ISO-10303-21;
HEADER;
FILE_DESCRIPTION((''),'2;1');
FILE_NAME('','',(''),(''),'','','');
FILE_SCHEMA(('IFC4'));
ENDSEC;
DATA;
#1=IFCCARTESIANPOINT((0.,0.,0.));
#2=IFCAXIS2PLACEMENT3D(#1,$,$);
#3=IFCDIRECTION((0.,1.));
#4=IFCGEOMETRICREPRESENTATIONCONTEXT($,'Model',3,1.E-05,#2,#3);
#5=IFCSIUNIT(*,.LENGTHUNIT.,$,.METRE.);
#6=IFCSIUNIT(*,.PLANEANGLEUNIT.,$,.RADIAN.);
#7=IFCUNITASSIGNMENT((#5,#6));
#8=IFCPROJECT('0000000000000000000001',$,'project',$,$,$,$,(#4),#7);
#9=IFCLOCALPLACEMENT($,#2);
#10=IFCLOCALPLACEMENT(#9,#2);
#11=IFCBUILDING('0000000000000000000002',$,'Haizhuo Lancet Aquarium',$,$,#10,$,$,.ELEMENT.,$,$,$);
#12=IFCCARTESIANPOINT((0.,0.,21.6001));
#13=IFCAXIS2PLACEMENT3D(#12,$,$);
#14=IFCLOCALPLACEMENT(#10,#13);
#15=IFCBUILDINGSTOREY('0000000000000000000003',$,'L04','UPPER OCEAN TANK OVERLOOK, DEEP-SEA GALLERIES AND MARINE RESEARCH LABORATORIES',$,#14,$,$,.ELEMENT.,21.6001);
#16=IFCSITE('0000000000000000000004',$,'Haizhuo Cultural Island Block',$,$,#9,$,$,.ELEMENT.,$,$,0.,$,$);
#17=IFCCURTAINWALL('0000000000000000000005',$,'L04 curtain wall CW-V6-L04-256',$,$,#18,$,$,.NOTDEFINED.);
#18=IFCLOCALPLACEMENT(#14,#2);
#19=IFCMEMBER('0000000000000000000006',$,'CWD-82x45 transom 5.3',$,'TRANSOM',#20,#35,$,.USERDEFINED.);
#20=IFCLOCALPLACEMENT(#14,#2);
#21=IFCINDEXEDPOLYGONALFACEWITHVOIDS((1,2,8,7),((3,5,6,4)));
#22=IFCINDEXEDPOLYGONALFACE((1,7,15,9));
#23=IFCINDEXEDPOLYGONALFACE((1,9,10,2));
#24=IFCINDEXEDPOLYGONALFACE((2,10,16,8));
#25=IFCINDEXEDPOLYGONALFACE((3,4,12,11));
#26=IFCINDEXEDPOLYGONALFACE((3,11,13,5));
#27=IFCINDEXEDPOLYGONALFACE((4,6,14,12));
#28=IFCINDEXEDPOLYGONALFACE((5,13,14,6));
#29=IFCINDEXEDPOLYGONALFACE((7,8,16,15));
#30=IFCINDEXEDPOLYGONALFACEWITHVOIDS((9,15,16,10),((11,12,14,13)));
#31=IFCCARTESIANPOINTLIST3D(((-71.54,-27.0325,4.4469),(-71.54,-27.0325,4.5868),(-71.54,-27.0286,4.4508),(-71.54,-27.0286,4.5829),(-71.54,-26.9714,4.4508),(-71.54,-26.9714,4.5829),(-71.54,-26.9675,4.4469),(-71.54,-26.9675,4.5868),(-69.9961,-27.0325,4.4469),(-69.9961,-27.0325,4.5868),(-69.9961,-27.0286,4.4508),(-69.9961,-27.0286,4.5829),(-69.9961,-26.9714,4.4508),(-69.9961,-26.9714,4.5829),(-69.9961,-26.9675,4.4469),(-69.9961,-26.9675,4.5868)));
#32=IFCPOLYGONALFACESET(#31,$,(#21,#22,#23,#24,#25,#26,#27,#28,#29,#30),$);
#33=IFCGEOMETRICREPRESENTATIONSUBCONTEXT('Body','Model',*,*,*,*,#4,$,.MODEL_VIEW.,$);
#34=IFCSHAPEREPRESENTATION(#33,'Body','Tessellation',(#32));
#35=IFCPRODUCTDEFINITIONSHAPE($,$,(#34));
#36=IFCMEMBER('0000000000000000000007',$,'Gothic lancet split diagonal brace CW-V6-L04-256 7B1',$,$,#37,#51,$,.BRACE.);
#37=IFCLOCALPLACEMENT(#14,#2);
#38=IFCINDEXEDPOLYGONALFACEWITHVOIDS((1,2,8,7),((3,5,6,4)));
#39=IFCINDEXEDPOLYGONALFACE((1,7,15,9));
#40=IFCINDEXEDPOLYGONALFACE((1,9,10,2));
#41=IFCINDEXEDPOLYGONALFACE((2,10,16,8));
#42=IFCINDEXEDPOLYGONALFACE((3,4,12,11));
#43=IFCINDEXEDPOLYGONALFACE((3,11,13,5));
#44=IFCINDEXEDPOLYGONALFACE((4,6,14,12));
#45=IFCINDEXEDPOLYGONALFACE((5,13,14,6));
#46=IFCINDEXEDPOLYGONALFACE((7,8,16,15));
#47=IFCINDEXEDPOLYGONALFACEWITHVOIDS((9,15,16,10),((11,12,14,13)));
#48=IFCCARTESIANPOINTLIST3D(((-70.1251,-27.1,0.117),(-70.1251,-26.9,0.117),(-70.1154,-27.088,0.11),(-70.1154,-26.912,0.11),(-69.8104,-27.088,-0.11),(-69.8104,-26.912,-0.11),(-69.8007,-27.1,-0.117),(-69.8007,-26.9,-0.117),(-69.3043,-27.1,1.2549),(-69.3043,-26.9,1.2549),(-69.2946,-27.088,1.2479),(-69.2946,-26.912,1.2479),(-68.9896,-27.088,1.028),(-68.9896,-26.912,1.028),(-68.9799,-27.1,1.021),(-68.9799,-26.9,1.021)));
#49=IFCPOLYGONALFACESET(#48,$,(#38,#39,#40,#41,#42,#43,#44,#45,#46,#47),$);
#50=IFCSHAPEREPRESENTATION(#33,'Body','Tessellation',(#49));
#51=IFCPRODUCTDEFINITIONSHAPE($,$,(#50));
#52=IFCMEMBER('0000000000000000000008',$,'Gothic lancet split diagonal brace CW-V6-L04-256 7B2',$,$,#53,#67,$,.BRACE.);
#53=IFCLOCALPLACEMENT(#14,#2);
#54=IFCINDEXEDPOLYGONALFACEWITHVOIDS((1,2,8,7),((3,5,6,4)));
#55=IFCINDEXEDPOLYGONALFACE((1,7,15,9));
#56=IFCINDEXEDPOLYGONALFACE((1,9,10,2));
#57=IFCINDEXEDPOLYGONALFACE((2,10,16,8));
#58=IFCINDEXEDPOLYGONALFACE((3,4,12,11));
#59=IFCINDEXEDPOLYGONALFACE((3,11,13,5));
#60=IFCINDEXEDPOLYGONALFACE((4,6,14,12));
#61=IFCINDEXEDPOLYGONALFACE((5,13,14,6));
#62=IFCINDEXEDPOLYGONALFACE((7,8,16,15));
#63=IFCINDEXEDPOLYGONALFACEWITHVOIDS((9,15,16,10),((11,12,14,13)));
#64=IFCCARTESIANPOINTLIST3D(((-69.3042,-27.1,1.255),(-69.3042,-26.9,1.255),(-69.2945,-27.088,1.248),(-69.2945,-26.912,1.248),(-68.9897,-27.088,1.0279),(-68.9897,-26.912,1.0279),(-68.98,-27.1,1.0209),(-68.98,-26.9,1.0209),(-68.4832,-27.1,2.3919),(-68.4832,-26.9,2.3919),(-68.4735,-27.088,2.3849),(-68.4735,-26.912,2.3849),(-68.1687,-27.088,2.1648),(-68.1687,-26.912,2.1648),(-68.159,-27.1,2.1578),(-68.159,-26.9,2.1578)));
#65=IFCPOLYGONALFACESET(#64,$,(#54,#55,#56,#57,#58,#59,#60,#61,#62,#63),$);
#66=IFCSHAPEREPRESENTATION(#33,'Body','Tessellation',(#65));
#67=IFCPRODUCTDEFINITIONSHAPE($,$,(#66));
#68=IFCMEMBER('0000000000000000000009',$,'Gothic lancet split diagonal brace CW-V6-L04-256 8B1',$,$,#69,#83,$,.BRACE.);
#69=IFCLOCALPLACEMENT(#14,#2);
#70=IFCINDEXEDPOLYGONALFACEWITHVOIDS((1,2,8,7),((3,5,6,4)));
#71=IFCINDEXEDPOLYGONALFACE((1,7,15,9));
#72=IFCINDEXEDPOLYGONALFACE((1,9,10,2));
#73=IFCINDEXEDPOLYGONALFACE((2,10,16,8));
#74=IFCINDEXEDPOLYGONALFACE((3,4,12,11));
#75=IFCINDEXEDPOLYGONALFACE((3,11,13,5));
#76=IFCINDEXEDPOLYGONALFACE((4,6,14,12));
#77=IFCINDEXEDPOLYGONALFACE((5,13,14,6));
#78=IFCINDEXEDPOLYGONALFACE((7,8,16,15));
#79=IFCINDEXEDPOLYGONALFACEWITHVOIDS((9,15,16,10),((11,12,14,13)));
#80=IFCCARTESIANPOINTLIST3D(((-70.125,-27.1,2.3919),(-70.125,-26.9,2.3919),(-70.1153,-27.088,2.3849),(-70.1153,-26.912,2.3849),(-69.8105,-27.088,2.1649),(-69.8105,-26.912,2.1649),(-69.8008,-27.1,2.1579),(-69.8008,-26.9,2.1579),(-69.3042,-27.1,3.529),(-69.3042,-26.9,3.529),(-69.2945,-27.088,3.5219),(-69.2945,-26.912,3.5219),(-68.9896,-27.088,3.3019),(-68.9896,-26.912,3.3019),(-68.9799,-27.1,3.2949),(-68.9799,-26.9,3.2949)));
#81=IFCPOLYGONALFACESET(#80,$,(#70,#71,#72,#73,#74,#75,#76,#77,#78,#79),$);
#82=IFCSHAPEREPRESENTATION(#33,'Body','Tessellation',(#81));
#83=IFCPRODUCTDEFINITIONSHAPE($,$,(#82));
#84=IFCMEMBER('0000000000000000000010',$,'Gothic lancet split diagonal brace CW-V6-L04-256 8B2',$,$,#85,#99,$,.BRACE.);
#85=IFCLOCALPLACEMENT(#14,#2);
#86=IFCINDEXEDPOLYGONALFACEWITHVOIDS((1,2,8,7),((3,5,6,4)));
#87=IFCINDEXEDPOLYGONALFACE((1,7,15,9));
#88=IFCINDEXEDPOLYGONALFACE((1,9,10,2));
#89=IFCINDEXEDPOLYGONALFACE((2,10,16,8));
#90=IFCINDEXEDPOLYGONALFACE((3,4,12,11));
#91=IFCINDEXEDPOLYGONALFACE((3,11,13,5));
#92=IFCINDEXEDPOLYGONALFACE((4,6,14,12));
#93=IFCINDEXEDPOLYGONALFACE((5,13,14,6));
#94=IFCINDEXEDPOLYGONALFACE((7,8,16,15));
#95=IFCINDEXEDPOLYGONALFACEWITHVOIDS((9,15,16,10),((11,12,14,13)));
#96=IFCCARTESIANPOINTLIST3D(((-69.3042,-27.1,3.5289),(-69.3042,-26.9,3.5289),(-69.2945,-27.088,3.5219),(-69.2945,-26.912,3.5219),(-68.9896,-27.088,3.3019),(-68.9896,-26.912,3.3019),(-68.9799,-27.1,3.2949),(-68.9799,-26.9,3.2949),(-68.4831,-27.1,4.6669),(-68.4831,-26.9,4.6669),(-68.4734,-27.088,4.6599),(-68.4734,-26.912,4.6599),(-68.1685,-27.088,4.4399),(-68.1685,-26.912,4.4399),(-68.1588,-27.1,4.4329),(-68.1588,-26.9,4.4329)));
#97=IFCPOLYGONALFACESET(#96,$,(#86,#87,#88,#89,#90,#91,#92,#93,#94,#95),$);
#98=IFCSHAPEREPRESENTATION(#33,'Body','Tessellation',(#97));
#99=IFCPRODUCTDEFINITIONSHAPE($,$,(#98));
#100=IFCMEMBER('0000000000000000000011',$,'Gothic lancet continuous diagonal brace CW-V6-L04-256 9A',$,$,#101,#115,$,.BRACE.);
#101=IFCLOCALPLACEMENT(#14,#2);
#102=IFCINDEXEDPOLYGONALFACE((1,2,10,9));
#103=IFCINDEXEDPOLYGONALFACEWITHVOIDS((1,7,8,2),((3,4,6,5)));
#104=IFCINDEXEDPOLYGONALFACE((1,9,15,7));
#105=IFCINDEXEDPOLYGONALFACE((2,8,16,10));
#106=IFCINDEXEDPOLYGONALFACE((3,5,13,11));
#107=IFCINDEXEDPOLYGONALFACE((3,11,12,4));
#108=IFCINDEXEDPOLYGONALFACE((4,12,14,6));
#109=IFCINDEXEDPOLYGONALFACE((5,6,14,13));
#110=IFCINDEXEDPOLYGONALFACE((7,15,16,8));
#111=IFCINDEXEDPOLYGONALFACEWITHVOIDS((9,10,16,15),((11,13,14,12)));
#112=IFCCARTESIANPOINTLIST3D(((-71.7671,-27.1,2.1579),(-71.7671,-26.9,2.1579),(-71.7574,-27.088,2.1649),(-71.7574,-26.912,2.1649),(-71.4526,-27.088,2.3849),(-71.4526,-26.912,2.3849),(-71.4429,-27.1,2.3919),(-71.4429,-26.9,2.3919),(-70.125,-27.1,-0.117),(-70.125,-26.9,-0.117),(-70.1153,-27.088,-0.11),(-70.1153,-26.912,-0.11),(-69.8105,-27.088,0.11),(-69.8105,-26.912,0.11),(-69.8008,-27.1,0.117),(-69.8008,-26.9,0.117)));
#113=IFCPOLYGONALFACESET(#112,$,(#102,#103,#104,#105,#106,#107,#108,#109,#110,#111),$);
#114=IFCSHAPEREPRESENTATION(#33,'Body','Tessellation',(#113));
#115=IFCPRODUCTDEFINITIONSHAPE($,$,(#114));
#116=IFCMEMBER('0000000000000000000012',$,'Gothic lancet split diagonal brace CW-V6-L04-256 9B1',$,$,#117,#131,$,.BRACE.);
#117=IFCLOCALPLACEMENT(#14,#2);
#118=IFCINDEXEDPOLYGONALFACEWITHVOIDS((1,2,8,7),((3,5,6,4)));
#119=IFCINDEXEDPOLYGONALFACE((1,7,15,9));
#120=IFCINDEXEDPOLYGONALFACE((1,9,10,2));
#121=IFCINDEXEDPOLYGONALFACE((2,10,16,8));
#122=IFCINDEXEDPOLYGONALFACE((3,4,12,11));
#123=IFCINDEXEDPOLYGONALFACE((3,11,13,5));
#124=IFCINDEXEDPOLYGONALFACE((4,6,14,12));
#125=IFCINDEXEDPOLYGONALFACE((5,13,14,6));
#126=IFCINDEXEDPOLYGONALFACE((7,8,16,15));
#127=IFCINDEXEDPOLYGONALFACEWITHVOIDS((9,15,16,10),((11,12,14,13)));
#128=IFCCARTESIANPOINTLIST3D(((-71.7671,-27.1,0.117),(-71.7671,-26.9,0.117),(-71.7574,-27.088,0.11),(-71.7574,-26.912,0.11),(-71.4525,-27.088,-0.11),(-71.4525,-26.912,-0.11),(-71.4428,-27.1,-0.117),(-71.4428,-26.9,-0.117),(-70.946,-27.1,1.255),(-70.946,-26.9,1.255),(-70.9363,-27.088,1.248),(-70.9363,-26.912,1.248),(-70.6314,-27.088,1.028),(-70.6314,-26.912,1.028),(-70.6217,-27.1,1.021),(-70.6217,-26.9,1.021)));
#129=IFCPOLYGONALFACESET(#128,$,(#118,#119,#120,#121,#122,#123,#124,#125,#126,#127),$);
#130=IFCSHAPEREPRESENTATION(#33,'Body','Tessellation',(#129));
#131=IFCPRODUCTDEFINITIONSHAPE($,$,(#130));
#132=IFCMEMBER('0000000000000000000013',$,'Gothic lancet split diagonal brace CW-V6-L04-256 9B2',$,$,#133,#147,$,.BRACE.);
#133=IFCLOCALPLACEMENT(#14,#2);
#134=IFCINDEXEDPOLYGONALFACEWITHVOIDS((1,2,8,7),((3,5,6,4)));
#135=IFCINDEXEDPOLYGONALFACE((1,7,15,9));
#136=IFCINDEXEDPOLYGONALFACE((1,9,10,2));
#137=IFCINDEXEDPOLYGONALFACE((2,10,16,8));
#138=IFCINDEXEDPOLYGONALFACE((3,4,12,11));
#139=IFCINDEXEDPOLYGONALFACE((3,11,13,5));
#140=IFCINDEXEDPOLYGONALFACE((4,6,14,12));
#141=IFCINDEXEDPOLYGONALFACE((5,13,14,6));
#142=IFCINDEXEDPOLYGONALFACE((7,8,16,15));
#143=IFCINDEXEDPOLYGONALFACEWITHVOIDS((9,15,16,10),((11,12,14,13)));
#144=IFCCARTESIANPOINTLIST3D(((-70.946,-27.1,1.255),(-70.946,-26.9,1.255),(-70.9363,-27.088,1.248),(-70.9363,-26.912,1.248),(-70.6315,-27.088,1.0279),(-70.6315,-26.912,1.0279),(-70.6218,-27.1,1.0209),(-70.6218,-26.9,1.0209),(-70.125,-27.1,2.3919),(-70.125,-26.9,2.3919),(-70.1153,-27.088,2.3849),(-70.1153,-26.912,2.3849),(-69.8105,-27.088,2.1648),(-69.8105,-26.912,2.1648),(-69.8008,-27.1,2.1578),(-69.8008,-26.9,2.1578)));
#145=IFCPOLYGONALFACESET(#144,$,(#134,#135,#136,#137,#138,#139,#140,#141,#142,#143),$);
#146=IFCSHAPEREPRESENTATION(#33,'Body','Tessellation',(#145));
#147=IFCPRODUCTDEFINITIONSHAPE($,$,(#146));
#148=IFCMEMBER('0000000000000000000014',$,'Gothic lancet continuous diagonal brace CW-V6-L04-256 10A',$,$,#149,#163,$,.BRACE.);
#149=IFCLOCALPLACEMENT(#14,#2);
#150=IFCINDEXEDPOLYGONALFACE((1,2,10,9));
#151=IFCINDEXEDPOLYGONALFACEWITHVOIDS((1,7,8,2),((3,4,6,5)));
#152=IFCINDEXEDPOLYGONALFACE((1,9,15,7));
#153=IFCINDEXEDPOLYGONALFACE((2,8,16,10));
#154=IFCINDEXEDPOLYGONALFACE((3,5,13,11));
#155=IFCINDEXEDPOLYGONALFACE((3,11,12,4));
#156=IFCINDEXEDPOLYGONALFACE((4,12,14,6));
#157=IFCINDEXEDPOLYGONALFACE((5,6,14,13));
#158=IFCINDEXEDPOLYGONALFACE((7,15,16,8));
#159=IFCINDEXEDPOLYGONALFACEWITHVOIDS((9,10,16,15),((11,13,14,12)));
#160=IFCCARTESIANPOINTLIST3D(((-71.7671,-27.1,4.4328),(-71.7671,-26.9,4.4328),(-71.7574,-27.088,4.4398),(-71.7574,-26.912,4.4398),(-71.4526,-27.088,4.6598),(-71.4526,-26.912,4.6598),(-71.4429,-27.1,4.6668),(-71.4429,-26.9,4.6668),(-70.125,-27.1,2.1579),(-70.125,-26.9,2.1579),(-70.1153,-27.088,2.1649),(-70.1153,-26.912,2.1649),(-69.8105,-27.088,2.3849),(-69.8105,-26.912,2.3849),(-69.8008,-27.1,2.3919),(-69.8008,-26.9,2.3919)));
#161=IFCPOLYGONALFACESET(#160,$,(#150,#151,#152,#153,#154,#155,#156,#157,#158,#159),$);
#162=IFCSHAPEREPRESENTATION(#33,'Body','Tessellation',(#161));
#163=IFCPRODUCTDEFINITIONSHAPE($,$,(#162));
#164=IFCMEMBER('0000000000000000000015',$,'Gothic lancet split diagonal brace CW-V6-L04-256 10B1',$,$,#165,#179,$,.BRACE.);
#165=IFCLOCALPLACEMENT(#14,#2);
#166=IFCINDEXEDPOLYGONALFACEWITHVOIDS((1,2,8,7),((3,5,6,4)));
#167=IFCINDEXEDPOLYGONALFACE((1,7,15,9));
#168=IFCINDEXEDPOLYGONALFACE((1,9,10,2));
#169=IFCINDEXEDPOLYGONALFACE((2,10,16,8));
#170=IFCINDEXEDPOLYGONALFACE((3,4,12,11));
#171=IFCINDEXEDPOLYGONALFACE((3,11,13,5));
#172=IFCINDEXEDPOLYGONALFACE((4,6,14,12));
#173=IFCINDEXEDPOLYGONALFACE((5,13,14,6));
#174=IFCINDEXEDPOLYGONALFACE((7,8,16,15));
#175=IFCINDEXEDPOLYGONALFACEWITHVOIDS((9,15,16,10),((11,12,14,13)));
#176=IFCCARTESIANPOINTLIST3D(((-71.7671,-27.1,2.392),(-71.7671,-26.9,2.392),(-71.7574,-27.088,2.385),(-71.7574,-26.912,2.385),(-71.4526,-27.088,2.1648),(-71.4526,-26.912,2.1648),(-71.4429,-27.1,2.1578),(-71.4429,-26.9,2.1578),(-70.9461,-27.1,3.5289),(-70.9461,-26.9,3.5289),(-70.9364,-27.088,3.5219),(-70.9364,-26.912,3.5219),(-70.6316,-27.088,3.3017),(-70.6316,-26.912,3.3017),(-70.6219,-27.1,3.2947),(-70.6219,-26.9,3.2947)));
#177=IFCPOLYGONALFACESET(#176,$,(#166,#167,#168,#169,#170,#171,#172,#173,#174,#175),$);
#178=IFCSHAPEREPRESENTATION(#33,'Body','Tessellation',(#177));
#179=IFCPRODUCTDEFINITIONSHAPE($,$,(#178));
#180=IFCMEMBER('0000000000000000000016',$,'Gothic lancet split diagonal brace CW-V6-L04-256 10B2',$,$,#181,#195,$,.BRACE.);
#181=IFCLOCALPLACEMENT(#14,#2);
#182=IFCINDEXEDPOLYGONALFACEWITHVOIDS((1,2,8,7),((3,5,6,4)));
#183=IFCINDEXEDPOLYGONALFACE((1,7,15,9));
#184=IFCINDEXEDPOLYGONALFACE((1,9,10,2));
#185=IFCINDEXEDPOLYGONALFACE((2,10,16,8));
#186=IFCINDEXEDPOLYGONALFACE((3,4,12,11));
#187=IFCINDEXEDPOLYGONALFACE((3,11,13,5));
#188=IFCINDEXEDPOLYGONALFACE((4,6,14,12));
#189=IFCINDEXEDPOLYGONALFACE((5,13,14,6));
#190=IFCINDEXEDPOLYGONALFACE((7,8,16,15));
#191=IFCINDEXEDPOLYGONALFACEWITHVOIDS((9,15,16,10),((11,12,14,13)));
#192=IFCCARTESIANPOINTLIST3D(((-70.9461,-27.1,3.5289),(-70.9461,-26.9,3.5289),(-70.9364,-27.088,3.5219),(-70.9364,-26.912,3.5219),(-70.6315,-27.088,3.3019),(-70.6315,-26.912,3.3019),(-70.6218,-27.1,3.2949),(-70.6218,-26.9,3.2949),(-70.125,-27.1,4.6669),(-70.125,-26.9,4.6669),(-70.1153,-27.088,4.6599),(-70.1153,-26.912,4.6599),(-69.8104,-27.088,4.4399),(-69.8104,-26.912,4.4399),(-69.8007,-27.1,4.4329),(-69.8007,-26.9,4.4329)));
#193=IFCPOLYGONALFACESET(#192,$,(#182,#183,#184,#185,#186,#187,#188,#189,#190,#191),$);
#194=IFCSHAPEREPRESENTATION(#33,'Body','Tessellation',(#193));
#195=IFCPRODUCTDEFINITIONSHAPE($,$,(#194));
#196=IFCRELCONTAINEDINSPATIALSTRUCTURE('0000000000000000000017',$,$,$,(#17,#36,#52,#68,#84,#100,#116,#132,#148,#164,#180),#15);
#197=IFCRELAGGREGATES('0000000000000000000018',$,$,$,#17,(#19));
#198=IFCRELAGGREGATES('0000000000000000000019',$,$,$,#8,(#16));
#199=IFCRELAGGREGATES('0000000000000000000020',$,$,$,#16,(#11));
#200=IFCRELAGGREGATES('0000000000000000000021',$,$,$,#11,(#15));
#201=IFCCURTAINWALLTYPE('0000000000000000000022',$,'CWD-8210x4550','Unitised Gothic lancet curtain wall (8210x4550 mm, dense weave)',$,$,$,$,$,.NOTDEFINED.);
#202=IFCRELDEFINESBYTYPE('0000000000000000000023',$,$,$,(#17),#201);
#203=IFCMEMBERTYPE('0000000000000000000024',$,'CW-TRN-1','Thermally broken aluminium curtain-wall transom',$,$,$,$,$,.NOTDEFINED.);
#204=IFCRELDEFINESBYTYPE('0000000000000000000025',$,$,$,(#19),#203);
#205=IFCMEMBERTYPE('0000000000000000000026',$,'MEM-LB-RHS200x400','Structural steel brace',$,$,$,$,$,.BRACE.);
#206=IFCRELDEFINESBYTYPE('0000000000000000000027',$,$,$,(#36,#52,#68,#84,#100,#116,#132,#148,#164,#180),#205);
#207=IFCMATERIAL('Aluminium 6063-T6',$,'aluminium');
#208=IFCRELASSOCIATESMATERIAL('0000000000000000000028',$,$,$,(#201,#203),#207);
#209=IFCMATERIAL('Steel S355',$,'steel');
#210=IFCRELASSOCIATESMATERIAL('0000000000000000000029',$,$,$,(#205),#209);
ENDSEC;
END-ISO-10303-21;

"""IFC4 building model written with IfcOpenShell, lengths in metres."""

from ifc_helpers import new_model, si_unit, direction, frame, origin, origin_2d, place, context, subcontext, project, spatial, hollow_rectangle, extrude, material, material_profile, profile_set, type_object, element, aggregate, save


model = new_model("IFC4")

# Units and contexts
model_context = context("Model", 3, precision=1e-05, world=origin(), true_north=direction((0.0, 1.0)))
body_context = subcontext(model_context, "Body", "Model", "MODEL_VIEW")
ifc_project = project(units=[si_unit("LENGTHUNIT", "METRE"), si_unit("PLANEANGLEUNIT", "RADIAN")], contexts=[model_context])

# Site, building, storey
site_placement = place(None, origin())
site = spatial("IfcSite", under=ifc_project, at=site_placement, Name="Haizhuo Cultural Island Block", CompositionType="ELEMENT", RefElevation=0.0)
building_placement = place(site_placement, origin())
building = spatial("IfcBuilding", under=site, at=building_placement, Name="Haizhuo Lancet Aquarium", CompositionType="ELEMENT")
storey_placement = place(building_placement, frame((0.0, 0.0, 21.6001)))
storey = spatial("IfcBuildingStorey", under=building, at=storey_placement, Name="L04", Description="UPPER OCEAN TANK OVERLOOK, DEEP-SEA GALLERIES AND MARINE RESEARCH LABORATORIES", CompositionType="ELEMENT", Elevation=21.6001)

# Shared definitions
ifc_material_1 = material(Name="Steel S355", Category="steel")

# Curtain wall, member
ifc_material_2 = material(Name="Aluminium 6063-T6", Category="aluminium")
curtain_wall_type = type_object("IfcCurtainWallType", Name="CWD-8210x4550", Description="Unitised Gothic lancet curtain wall (8210x4550 mm, dense weave)", PredefinedType="NOTDEFINED", material=ifc_material_2)
curtain_wall_placement = place(storey_placement, origin())
curtain_wall = element("IfcCurtainWall", 1, at=curtain_wall_placement, inside=storey, type_object=curtain_wall_type, Name="L04 curtain wall CW-V6-L04-256", PredefinedType="NOTDEFINED")
ifc_material_profile_1 = material_profile(ifc_material_2, hollow_rectangle(XDim=0.0649, YDim=0.1399, WallThickness=0.0039, at=origin_2d()), Name="ALU-T 65x140x4")
ifc_profile_set_1 = profile_set([ifc_material_profile_1], Name="Aluminium 6063-T6")
member_type_1 = type_object("IfcMemberType", Name="CW-TRN-1", Description="Thermally broken aluminium curtain-wall transom", PredefinedType="NOTDEFINED", material=ifc_profile_set_1)
member_1_placement = place(storey_placement, frame((-69.9961, -27.0, 4.5168), z_axis=(-1.0, 0.0, 0.0), x_axis=(0.0, -1.0, 0.0)))
member_1 = element("IfcMember", 2, at=member_1_placement, type_object=member_type_1, Name="CWD-82x45 transom 5.3", ObjectType="TRANSOM", PredefinedType="USERDEFINED", context=body_context, shape_type="SweptSolid", body=[
    extrude(hollow_rectangle(XDim=0.0649, YDim=0.1399, WallThickness=0.0039, at=origin_2d()), origin(), (0.0, 0.0, 1.0), 1.5439),
])

# Members
ifc_material_profile_2 = material_profile(ifc_material_1, hollow_rectangle(XDim=0.2, YDim=0.3999, WallThickness=0.012, at=origin_2d()), Name="RHS 200x400x12")
ifc_profile_set_2 = profile_set([ifc_material_profile_2], Name="Steel S355")
member_type_2 = type_object("IfcMemberType", Name="MEM-LB-RHS200x400", Description="Structural steel brace", PredefinedType="BRACE", material=ifc_profile_set_2)
member_2_placement = place(storey_placement, frame((-69.9629, -27.0, 0.0), z_axis=(0.585001, 0.0, 0.811032), x_axis=(0.0, 1.0, 0.0)))
element("IfcMember", 3, at=member_2_placement, inside=storey, type_object=member_type_2, Name="Gothic lancet split diagonal brace CW-V6-L04-256 7B1", PredefinedType="BRACE", context=body_context, shape_type="SweptSolid", body=[
    extrude(hollow_rectangle(XDim=0.2, YDim=0.3999, WallThickness=0.012, at=origin_2d()), origin(), (0.0, 0.0, 1.0), 1.4031),
])
for number, where, z_axis, x_axis, name in (
    (4, (-69.1421, -27.0, 1.1379), (0.585446, 0.0, 0.810711), (0.0, 1.0, 0.0), "Gothic lancet split diagonal brace CW-V6-L04-256 7B2"),
    (5, (-69.9629, -27.0, 2.2749), (0.585332, 0.0, 0.810794), (0.0, 1.0, 0.0), "Gothic lancet split diagonal brace CW-V6-L04-256 8B1"),
):
    element("IfcMember", number, at=place(storey_placement, frame(where, z_axis=z_axis, x_axis=x_axis)), inside=storey, type_object=member_type_2, Name=name, PredefinedType="BRACE", context=body_context, shape_type="SweptSolid", body=[
        extrude(hollow_rectangle(XDim=0.2, YDim=0.3999, WallThickness=0.012, at=origin_2d()), origin(), (0.0, 0.0, 1.0), 1.4023),
    ])
member_3_placement = place(storey_placement, frame((-69.1421, -27.0, 3.4119), z_axis=(0.585116, 0.0, 0.81095), x_axis=(0.0, 1.0, 0.0)))
element("IfcMember", 6, at=member_3_placement, inside=storey, type_object=member_type_2, Name="Gothic lancet split diagonal brace CW-V6-L04-256 8B2", PredefinedType="BRACE", context=body_context, shape_type="SweptSolid", body=[
    extrude(hollow_rectangle(XDim=0.2, YDim=0.3999, WallThickness=0.012, at=origin_2d()), origin(), (0.0, 0.0, 1.0), 1.4033),
])
member_4_placement = place(storey_placement, frame((-69.9629, -27.0, 0.0), z_axis=(-0.585281, 0.0, 0.810831), x_axis=(0.0, -1.0, 0.0)))
element("IfcMember", 7, at=member_4_placement, inside=storey, type_object=member_type_2, Name="Gothic lancet continuous diagonal brace CW-V6-L04-256 9A", PredefinedType="BRACE", context=body_context, shape_type="SweptSolid", body=[
    extrude(hollow_rectangle(XDim=0.2, YDim=0.3999, WallThickness=0.012, at=origin_2d()), origin(), (0.0, 0.0, 1.0), 2.8057),
])
member_5_placement = place(storey_placement, frame((-71.605, -27.0, 0.0), z_axis=(0.585116, 0.0, 0.81095), x_axis=(0.0, 1.0, 0.0)))
element("IfcMember", 8, at=member_5_placement, inside=storey, type_object=member_type_2, Name="Gothic lancet split diagonal brace CW-V6-L04-256 9B1", PredefinedType="BRACE", context=body_context, shape_type="SweptSolid", body=[
    extrude(hollow_rectangle(XDim=0.2, YDim=0.3999, WallThickness=0.012, at=origin_2d()), origin(), (0.0, 0.0, 1.0), 1.4033),
])
member_6_placement = place(storey_placement, frame((-70.7839, -27.0, 1.1379), z_axis=(0.585446, 0.0, 0.810711), x_axis=(0.0, 1.0, 0.0)))
element("IfcMember", 9, at=member_6_placement, inside=storey, type_object=member_type_2, Name="Gothic lancet split diagonal brace CW-V6-L04-256 9B2", PredefinedType="BRACE", context=body_context, shape_type="SweptSolid", body=[
    extrude(hollow_rectangle(XDim=0.2, YDim=0.3999, WallThickness=0.012, at=origin_2d()), origin(), (0.0, 0.0, 1.0), 1.4023),
])
member_7_placement = place(storey_placement, frame((-69.9629, -27.0, 2.2749), z_axis=(-0.585281, 0.0, 0.810831), x_axis=(0.0, -1.0, 0.0)))
element("IfcMember", 10, at=member_7_placement, inside=storey, type_object=member_type_2, Name="Gothic lancet continuous diagonal brace CW-V6-L04-256 10A", PredefinedType="BRACE", context=body_context, shape_type="SweptSolid", body=[
    extrude(hollow_rectangle(XDim=0.2, YDim=0.3999, WallThickness=0.012, at=origin_2d()), origin(), (0.0, 0.0, 1.0), 2.8057),
])
member_8_placement = place(storey_placement, frame((-71.605, -27.0, 2.2749), z_axis=(0.585446, 0.0, 0.810711), x_axis=(0.0, 1.0, 0.0)))
element("IfcMember", 11, at=member_8_placement, inside=storey, type_object=member_type_2, Name="Gothic lancet split diagonal brace CW-V6-L04-256 10B1", PredefinedType="BRACE", context=body_context, shape_type="SweptSolid", body=[
    extrude(hollow_rectangle(XDim=0.2, YDim=0.3999, WallThickness=0.012, at=origin_2d()), origin(), (0.0, 0.0, 1.0), 1.4023),
])
member_9_placement = place(storey_placement, frame((-70.7839, -27.0, 3.4119), z_axis=(0.585116, 0.0, 0.81095), x_axis=(0.0, 1.0, 0.0)))
element("IfcMember", 12, at=member_9_placement, inside=storey, type_object=member_type_2, Name="Gothic lancet split diagonal brace CW-V6-L04-256 10B2", PredefinedType="BRACE", context=body_context, shape_type="SweptSolid", body=[
    extrude(hollow_rectangle(XDim=0.2, YDim=0.3999, WallThickness=0.012, at=origin_2d()), origin(), (0.0, 0.0, 1.0), 1.4033),
])

aggregate(curtain_wall, [member_1])

save(model, "model.ifc")
